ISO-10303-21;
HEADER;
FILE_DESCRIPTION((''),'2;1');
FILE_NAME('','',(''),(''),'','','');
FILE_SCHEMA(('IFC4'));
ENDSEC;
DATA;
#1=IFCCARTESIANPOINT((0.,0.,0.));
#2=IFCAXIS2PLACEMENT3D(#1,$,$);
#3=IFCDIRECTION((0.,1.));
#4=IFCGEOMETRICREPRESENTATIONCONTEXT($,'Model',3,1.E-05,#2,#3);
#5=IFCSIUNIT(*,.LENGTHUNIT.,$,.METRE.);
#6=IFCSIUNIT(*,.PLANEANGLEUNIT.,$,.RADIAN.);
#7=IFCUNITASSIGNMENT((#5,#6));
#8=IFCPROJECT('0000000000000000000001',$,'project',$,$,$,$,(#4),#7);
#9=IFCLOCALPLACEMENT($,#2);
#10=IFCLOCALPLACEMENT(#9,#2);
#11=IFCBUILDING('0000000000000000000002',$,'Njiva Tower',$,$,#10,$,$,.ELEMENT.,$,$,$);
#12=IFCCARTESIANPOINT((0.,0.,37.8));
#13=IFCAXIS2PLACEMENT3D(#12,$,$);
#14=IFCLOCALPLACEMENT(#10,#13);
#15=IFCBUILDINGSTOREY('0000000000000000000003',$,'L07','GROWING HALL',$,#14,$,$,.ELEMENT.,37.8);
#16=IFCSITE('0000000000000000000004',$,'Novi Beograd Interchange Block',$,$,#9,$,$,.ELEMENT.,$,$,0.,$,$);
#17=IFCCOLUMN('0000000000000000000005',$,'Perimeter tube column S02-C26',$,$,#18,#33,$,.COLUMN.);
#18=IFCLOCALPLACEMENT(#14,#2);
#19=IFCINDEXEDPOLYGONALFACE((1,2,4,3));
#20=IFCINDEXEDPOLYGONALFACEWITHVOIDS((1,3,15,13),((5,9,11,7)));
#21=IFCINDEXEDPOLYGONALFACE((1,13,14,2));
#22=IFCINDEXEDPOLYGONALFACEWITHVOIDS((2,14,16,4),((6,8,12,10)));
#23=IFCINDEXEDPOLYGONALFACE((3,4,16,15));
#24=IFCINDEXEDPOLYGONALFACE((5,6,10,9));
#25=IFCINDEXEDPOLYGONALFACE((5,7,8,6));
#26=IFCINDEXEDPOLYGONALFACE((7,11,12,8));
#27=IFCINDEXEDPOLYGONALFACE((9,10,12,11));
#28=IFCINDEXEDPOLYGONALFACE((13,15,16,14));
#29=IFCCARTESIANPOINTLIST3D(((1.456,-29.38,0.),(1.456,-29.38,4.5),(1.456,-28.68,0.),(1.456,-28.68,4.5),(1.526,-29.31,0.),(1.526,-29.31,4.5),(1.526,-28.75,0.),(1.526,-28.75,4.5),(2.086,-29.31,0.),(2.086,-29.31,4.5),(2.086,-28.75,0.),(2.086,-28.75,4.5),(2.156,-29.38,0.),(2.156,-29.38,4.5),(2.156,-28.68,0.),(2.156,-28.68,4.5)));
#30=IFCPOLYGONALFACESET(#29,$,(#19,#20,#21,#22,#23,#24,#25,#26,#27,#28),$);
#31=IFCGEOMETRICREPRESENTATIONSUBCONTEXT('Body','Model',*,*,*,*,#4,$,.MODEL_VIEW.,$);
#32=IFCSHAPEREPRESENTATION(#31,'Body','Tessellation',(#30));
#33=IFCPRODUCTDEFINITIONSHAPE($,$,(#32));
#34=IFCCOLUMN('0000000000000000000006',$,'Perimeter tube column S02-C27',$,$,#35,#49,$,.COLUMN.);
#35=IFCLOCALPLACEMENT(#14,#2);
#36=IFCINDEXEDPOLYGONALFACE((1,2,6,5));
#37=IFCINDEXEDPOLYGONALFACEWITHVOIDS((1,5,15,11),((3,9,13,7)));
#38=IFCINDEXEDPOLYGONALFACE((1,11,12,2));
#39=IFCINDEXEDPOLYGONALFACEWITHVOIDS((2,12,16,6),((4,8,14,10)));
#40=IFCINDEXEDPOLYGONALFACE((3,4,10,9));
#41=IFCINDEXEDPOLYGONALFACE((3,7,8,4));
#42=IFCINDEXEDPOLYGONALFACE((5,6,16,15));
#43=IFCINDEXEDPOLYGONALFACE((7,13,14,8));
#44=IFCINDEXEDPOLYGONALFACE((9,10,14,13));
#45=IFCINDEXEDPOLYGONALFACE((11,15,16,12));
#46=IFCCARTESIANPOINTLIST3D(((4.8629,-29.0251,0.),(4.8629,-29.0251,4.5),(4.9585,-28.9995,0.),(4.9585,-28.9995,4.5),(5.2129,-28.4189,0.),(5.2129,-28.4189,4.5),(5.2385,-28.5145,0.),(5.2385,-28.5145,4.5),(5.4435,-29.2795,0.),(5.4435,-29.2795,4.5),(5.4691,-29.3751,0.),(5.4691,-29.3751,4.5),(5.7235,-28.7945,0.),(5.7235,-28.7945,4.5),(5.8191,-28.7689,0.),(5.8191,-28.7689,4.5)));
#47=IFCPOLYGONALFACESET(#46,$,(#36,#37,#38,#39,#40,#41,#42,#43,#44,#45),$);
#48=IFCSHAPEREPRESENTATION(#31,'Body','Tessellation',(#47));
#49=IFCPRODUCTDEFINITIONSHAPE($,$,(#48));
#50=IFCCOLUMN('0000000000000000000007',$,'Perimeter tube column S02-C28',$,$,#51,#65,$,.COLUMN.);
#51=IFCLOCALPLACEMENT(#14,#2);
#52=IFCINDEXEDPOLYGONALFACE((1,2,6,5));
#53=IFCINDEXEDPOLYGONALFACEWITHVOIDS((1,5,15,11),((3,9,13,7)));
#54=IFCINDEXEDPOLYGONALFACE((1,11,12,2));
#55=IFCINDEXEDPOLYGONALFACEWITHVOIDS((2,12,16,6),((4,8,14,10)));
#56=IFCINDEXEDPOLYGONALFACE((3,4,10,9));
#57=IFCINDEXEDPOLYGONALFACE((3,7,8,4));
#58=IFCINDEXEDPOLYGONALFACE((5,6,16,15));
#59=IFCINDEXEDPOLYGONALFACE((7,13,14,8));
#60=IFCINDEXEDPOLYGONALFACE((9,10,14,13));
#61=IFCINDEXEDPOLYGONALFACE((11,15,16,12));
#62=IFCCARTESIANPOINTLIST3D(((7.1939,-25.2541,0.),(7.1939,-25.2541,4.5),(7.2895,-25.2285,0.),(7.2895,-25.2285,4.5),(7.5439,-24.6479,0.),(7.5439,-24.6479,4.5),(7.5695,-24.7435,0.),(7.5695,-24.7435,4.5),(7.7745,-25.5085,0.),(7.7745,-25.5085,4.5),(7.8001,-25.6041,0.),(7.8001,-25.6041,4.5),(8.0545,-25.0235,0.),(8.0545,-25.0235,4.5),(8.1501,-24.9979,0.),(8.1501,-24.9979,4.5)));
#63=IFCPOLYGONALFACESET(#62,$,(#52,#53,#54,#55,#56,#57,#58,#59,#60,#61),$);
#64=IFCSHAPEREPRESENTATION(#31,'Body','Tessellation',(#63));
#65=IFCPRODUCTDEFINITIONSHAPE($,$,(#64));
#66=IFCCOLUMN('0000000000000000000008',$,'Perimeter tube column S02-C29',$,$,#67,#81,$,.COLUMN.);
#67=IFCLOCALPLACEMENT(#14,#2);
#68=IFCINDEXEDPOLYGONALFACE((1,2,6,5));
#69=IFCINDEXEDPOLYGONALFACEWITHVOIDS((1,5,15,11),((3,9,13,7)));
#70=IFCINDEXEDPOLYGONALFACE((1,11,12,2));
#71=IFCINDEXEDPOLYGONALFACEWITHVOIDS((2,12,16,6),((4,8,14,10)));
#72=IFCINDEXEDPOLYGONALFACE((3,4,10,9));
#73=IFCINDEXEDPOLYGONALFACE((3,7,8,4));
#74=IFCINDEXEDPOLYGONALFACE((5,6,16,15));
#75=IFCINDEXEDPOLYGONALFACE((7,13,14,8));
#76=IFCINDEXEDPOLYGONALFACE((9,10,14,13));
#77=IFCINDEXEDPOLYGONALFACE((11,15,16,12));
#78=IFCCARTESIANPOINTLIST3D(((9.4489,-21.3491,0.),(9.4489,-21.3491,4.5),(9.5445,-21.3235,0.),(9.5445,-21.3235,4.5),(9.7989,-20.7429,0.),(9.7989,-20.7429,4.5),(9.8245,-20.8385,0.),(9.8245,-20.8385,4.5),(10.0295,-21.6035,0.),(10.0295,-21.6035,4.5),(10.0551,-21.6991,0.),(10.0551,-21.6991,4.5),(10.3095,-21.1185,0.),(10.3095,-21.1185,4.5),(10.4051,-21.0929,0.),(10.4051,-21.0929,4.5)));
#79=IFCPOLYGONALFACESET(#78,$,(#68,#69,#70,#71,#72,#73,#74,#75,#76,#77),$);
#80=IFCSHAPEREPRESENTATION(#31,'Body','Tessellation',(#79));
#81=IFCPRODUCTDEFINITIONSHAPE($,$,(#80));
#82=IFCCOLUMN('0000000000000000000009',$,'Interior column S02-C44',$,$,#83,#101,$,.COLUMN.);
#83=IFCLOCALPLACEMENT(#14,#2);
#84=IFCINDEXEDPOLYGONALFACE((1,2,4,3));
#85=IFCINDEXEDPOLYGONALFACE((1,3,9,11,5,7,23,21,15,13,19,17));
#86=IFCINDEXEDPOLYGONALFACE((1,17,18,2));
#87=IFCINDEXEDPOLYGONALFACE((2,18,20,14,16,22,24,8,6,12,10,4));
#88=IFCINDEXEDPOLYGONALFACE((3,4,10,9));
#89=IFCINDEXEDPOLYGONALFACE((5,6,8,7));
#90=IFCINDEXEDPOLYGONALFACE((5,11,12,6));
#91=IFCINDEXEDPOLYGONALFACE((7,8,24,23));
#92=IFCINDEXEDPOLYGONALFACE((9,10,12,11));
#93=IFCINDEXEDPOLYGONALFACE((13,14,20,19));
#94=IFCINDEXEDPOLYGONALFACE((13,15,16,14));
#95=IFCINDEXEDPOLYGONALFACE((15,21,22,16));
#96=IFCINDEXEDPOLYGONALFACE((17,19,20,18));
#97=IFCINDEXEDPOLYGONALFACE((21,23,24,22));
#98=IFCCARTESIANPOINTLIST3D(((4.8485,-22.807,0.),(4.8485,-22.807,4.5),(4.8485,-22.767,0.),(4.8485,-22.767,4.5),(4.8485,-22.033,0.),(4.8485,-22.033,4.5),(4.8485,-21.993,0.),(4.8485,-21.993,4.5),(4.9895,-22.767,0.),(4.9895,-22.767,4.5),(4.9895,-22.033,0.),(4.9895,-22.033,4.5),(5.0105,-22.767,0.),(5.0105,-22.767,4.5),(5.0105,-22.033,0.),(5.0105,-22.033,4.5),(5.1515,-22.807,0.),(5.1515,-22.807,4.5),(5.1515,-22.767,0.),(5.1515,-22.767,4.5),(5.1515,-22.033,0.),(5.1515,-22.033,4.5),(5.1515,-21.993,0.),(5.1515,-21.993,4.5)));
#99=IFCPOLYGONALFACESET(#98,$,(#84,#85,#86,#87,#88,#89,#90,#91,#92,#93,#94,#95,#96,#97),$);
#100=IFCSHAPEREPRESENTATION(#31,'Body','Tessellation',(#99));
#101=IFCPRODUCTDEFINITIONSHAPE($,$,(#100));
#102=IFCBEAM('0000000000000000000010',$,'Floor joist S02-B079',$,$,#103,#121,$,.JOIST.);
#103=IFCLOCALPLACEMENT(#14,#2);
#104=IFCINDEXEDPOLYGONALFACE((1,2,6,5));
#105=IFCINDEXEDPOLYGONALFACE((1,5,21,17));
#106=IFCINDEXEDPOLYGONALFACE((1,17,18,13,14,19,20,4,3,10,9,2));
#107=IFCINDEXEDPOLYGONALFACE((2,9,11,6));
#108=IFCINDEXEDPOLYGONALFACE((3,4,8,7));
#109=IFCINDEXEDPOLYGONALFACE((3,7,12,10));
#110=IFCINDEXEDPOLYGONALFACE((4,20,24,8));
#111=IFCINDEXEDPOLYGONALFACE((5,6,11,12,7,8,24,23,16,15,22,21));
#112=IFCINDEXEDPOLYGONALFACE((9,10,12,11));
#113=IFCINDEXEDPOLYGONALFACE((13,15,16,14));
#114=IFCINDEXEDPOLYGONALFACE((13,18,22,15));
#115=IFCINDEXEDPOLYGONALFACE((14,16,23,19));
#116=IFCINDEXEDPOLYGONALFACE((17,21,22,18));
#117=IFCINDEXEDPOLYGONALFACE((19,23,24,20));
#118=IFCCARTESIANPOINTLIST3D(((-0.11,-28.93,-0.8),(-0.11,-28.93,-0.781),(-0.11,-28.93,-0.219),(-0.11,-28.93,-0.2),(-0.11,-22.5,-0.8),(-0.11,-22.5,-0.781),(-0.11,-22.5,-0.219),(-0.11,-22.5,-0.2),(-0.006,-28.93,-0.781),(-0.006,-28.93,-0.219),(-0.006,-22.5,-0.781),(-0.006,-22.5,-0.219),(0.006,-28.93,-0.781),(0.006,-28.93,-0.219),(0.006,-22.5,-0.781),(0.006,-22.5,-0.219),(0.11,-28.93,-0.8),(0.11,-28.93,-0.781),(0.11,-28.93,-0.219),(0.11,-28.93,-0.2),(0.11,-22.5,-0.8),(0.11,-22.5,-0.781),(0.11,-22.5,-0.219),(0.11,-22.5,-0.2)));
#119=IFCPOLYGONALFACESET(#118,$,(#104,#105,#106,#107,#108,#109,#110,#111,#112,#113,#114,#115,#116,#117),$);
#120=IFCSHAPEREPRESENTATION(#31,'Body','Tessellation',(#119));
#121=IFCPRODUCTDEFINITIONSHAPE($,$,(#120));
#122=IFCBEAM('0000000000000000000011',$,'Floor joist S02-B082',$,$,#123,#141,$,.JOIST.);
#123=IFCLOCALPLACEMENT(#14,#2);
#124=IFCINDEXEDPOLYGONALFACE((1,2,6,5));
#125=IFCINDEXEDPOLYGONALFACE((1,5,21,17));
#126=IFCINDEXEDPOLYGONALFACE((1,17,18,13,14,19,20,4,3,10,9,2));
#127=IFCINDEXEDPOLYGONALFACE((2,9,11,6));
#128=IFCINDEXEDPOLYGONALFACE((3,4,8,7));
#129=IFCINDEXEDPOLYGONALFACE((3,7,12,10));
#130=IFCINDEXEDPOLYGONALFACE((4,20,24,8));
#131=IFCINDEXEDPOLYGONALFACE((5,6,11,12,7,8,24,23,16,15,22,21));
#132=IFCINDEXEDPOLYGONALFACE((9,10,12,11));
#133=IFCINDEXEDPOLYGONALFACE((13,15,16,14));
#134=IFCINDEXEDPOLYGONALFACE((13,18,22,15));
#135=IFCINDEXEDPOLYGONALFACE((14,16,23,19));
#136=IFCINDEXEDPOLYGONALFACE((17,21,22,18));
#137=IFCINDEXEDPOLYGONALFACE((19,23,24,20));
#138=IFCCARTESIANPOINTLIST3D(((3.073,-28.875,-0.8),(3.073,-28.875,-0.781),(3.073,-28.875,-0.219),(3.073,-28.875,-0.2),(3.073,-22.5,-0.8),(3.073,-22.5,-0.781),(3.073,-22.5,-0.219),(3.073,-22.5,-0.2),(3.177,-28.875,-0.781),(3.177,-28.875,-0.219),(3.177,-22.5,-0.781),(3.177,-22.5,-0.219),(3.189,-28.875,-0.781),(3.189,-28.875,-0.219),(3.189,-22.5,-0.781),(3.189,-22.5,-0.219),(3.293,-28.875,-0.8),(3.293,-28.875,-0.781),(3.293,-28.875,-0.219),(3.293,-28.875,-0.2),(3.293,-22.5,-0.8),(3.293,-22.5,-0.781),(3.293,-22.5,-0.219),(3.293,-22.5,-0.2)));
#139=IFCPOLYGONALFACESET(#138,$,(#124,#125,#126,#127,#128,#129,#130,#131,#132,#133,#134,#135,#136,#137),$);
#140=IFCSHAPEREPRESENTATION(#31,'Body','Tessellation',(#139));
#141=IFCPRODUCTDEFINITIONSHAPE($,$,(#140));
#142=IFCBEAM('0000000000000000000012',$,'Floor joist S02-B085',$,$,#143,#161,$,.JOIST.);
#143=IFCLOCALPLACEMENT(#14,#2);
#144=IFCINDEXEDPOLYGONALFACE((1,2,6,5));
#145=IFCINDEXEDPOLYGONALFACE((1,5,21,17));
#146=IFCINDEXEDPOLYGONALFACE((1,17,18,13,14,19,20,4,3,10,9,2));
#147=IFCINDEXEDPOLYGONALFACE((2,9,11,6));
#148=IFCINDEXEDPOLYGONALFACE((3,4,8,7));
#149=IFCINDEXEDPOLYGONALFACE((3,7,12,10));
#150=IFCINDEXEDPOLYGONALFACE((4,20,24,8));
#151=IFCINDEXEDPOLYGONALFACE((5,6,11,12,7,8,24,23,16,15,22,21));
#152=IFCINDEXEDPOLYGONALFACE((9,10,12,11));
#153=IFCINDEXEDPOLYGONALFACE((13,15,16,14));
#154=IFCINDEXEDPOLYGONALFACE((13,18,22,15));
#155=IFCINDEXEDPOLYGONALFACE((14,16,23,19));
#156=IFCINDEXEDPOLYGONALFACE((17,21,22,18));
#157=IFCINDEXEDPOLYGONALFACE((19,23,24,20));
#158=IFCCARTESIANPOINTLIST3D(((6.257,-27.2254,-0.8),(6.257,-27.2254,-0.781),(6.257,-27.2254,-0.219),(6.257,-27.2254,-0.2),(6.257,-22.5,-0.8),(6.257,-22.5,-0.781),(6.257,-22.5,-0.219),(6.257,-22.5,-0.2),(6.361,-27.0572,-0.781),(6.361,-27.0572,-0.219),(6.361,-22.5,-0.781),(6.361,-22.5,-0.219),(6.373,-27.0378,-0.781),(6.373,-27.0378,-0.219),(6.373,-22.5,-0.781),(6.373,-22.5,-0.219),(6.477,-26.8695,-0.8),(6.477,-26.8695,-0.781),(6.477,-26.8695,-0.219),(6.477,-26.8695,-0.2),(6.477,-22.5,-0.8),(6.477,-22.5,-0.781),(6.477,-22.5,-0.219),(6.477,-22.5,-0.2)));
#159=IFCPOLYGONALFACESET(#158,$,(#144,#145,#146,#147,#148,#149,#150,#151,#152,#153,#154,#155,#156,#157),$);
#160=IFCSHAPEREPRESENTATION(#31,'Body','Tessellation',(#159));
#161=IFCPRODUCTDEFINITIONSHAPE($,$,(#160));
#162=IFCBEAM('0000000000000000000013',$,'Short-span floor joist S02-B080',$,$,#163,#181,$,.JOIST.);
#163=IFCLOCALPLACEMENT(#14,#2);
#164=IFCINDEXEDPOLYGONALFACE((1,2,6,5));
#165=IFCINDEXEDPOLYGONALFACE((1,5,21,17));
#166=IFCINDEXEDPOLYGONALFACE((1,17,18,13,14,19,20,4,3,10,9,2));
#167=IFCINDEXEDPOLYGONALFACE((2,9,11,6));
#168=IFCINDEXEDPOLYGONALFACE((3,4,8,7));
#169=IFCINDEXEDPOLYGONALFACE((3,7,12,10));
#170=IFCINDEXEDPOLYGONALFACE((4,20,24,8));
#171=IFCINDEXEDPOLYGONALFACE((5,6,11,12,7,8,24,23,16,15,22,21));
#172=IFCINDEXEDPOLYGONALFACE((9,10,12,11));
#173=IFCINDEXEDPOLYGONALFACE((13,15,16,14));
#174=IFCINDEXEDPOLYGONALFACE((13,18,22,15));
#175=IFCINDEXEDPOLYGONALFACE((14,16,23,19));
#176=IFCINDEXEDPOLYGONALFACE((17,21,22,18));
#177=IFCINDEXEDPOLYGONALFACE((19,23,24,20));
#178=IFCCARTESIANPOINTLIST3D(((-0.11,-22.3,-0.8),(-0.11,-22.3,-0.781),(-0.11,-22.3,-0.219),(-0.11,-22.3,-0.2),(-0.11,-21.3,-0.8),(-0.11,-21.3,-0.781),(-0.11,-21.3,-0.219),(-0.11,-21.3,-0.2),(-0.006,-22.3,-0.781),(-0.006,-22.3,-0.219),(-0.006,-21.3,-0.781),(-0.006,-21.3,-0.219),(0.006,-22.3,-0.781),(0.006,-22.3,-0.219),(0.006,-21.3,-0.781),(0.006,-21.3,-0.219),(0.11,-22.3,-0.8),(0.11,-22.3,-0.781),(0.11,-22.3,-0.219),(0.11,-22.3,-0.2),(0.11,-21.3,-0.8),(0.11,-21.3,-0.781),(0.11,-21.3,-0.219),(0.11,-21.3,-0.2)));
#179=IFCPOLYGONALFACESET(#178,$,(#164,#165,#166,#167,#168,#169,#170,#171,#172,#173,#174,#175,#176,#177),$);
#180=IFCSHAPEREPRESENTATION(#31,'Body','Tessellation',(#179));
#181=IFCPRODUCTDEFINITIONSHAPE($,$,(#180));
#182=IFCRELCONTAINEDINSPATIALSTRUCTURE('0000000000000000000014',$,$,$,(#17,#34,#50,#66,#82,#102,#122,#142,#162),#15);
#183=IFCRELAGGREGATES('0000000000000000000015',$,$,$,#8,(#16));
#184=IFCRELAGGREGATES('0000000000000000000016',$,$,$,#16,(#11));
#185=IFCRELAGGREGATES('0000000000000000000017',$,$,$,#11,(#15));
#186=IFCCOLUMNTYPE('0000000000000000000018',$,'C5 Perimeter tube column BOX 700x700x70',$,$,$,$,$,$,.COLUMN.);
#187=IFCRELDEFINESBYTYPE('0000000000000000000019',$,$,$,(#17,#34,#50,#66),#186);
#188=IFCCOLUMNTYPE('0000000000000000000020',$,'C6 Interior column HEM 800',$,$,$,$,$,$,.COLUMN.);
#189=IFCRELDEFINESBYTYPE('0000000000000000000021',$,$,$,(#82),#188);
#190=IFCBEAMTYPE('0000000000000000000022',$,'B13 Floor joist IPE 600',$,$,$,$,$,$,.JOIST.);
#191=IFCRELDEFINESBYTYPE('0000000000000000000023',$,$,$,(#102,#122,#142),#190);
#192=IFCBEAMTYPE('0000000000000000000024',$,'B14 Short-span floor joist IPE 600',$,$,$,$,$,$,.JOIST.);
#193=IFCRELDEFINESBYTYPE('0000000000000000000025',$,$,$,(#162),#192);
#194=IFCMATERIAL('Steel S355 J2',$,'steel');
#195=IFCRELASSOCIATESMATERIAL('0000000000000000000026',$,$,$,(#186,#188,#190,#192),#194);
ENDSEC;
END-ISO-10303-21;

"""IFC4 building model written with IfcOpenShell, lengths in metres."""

from ifc_helpers import new_model, si_unit, direction, frame, origin, origin_2d, place, context, subcontext, project, spatial, hollow_rectangle, i_section, extrude, clip, halfspace, material, material_profile, profile_set, type_object, element, save


model = new_model("IFC4")

# Units and contexts
model_context = context("Model", 3, precision=1e-05, world=origin(), true_north=direction((0.0, 1.0)))
body_context = subcontext(model_context, "Body", "Model", "MODEL_VIEW")
ifc_project = project(units=[si_unit("LENGTHUNIT", "METRE"), si_unit("PLANEANGLEUNIT", "RADIAN")], contexts=[model_context])

# Site, building, storey
site_placement = place(None, origin())
site = spatial("IfcSite", under=ifc_project, at=site_placement, Name="Novi Beograd Interchange Block", CompositionType="ELEMENT", RefElevation=0.0)
building_placement = place(site_placement, origin())
building = spatial("IfcBuilding", under=site, at=building_placement, Name="Njiva Tower", CompositionType="ELEMENT")
storey_placement = place(building_placement, frame((0.0, 0.0, 37.8)))
storey = spatial("IfcBuildingStorey", under=building, at=storey_placement, Name="L07", Description="GROWING HALL", CompositionType="ELEMENT", Elevation=37.8)

# Columns
ifc_material_1 = material(Name="Steel S355 J2", Category="steel")
ifc_material_profile_1 = material_profile(ifc_material_1, hollow_rectangle(XDim=0.7, YDim=0.7, WallThickness=0.07, at=origin_2d()), Name="BOX 700x700x70")
ifc_profile_set_1 = profile_set([ifc_material_profile_1], Name="Steel S355 J2")
column_type_1 = type_object("IfcColumnType", Name="C5 Perimeter tube column BOX 700x700x70", PredefinedType="COLUMN", material=ifc_profile_set_1)
for number, where, z_axis, x_axis, name in (
    (1, (1.806, -29.03, 0.0), (0.0, 0.0, 1.0), (1.0, 0.0, 0.0), "Perimeter tube column S02-C26"),
    (2, (5.341, -28.897, 0.0), (0.0, 0.0, 1.0), (0.5, 0.866025, 0.0), "Perimeter tube column S02-C27"),
    (3, (7.672, -25.126, 0.0), (0.0, 0.0, 1.0), (0.5, 0.866025, 0.0), "Perimeter tube column S02-C28"),
    (4, (9.927, -21.221, 0.0), (0.0, 0.0, 1.0), (0.5, 0.866025, 0.0), "Perimeter tube column S02-C29"),
):
    element("IfcColumn", number, at=place(storey_placement, frame(where, z_axis=z_axis, x_axis=x_axis)), inside=storey, type_object=column_type_1, Name=name, PredefinedType="COLUMN", context=body_context, shape_type="SweptSolid", body=[
        extrude(hollow_rectangle(XDim=0.7, YDim=0.7, WallThickness=0.07, at=origin_2d()), origin(), (0.0, 0.0, 1.0), 4.5),
    ])
ifc_material_profile_2 = material_profile(ifc_material_1, i_section(OverallWidth=0.303, OverallDepth=0.814, WebThickness=0.021, FlangeThickness=0.04, at=origin_2d()), Name="HEM 800")
ifc_profile_set_2 = profile_set([ifc_material_profile_2], Name="Steel S355 J2")
column_type_2 = type_object("IfcColumnType", Name="C6 Interior column HEM 800", PredefinedType="COLUMN", material=ifc_profile_set_2)
column_placement = place(storey_placement, frame((5.0, -22.4, 0.0), z_axis=(0.0, 0.0, 1.0), x_axis=(1.0, 0.0, 0.0)))
element("IfcColumn", 5, at=column_placement, inside=storey, type_object=column_type_2, Name="Interior column S02-C44", PredefinedType="COLUMN", context=body_context, shape_type="SweptSolid", body=[
    extrude(i_section(OverallWidth=0.303, OverallDepth=0.814, WebThickness=0.021, FlangeThickness=0.04, at=origin_2d()), origin(), (0.0, 0.0, 1.0), 4.5),
])

# Beams
ifc_material_profile_3 = material_profile(ifc_material_1, i_section(OverallWidth=0.22, OverallDepth=0.6, WebThickness=0.012, FlangeThickness=0.019, at=origin_2d()), Name="IPE 600")
ifc_profile_set_3 = profile_set([ifc_material_profile_3], Name="Steel S355 J2")
beam_type_1 = type_object("IfcBeamType", Name="B13 Floor joist IPE 600", PredefinedType="JOIST", material=ifc_profile_set_3)
beam_1_placement = place(storey_placement, frame((0.0, -22.5, -0.5), z_axis=(0.0, -1.0, 0.0), x_axis=(1.0, 0.0, 0.0)))
element("IfcBeam", 6, at=beam_1_placement, inside=storey, type_object=beam_type_1, Name="Floor joist S02-B079", PredefinedType="JOIST", context=body_context, shape_type="SweptSolid", body=[
    extrude(i_section(OverallWidth=0.22, OverallDepth=0.6, WebThickness=0.012, FlangeThickness=0.019, at=origin_2d()), origin(), (0.0, 0.0, 1.0), 6.43),
])
beam_2_placement = place(storey_placement, frame((3.183, -22.5, -0.5), z_axis=(0.0, -1.0, 0.0), x_axis=(1.0, 0.0, 0.0)))
element("IfcBeam", 7, at=beam_2_placement, inside=storey, type_object=beam_type_1, Name="Floor joist S02-B082", PredefinedType="JOIST", context=body_context, shape_type="SweptSolid", body=[
    extrude(i_section(OverallWidth=0.22, OverallDepth=0.6, WebThickness=0.012, FlangeThickness=0.019, at=origin_2d()), origin(), (0.0, 0.0, 1.0), 6.375),
])
beam_3_placement = place(storey_placement, frame((6.367, -22.5, -0.5), z_axis=(0.0, -1.0, 0.0), x_axis=(1.0, 0.0, 0.0)))
element("IfcBeam", 8, at=beam_3_placement, inside=storey, type_object=beam_type_1, Name="Floor joist S02-B085", PredefinedType="JOIST", context=body_context, shape_type="Clipping", body=[
    clip(extrude(i_section(OverallWidth=0.22, OverallDepth=0.6, WebThickness=0.012, FlangeThickness=0.019, at=origin_2d()), origin(), (0.0, 0.0, 1.0), 4.746), halfspace(frame((0.0422, 0.0, 4.4792), z_axis=(0.850625, 0.0, 0.525773), x_axis=(0.0, 1.0, 0.0)), False)),
])
ifc_material_profile_4 = material_profile(ifc_material_1, i_section(OverallWidth=0.22, OverallDepth=0.6, WebThickness=0.012, FlangeThickness=0.019, at=origin_2d()), Name="IPE 600")
ifc_profile_set_4 = profile_set([ifc_material_profile_4], Name="Steel S355 J2")
beam_type_2 = type_object("IfcBeamType", Name="B14 Short-span floor joist IPE 600", PredefinedType="JOIST", material=ifc_profile_set_4)
beam_4_placement = place(storey_placement, frame((0.0, -21.3, -0.5), z_axis=(0.0, -1.0, 0.0), x_axis=(1.0, 0.0, 0.0)))
element("IfcBeam", 9, at=beam_4_placement, inside=storey, type_object=beam_type_2, Name="Short-span floor joist S02-B080", PredefinedType="JOIST", context=body_context, shape_type="SweptSolid", body=[
    extrude(i_section(OverallWidth=0.22, OverallDepth=0.6, WebThickness=0.012, FlangeThickness=0.019, at=origin_2d()), origin(), (0.0, 0.0, 1.0), 1.0),
])

save(model, "model.ifc")
